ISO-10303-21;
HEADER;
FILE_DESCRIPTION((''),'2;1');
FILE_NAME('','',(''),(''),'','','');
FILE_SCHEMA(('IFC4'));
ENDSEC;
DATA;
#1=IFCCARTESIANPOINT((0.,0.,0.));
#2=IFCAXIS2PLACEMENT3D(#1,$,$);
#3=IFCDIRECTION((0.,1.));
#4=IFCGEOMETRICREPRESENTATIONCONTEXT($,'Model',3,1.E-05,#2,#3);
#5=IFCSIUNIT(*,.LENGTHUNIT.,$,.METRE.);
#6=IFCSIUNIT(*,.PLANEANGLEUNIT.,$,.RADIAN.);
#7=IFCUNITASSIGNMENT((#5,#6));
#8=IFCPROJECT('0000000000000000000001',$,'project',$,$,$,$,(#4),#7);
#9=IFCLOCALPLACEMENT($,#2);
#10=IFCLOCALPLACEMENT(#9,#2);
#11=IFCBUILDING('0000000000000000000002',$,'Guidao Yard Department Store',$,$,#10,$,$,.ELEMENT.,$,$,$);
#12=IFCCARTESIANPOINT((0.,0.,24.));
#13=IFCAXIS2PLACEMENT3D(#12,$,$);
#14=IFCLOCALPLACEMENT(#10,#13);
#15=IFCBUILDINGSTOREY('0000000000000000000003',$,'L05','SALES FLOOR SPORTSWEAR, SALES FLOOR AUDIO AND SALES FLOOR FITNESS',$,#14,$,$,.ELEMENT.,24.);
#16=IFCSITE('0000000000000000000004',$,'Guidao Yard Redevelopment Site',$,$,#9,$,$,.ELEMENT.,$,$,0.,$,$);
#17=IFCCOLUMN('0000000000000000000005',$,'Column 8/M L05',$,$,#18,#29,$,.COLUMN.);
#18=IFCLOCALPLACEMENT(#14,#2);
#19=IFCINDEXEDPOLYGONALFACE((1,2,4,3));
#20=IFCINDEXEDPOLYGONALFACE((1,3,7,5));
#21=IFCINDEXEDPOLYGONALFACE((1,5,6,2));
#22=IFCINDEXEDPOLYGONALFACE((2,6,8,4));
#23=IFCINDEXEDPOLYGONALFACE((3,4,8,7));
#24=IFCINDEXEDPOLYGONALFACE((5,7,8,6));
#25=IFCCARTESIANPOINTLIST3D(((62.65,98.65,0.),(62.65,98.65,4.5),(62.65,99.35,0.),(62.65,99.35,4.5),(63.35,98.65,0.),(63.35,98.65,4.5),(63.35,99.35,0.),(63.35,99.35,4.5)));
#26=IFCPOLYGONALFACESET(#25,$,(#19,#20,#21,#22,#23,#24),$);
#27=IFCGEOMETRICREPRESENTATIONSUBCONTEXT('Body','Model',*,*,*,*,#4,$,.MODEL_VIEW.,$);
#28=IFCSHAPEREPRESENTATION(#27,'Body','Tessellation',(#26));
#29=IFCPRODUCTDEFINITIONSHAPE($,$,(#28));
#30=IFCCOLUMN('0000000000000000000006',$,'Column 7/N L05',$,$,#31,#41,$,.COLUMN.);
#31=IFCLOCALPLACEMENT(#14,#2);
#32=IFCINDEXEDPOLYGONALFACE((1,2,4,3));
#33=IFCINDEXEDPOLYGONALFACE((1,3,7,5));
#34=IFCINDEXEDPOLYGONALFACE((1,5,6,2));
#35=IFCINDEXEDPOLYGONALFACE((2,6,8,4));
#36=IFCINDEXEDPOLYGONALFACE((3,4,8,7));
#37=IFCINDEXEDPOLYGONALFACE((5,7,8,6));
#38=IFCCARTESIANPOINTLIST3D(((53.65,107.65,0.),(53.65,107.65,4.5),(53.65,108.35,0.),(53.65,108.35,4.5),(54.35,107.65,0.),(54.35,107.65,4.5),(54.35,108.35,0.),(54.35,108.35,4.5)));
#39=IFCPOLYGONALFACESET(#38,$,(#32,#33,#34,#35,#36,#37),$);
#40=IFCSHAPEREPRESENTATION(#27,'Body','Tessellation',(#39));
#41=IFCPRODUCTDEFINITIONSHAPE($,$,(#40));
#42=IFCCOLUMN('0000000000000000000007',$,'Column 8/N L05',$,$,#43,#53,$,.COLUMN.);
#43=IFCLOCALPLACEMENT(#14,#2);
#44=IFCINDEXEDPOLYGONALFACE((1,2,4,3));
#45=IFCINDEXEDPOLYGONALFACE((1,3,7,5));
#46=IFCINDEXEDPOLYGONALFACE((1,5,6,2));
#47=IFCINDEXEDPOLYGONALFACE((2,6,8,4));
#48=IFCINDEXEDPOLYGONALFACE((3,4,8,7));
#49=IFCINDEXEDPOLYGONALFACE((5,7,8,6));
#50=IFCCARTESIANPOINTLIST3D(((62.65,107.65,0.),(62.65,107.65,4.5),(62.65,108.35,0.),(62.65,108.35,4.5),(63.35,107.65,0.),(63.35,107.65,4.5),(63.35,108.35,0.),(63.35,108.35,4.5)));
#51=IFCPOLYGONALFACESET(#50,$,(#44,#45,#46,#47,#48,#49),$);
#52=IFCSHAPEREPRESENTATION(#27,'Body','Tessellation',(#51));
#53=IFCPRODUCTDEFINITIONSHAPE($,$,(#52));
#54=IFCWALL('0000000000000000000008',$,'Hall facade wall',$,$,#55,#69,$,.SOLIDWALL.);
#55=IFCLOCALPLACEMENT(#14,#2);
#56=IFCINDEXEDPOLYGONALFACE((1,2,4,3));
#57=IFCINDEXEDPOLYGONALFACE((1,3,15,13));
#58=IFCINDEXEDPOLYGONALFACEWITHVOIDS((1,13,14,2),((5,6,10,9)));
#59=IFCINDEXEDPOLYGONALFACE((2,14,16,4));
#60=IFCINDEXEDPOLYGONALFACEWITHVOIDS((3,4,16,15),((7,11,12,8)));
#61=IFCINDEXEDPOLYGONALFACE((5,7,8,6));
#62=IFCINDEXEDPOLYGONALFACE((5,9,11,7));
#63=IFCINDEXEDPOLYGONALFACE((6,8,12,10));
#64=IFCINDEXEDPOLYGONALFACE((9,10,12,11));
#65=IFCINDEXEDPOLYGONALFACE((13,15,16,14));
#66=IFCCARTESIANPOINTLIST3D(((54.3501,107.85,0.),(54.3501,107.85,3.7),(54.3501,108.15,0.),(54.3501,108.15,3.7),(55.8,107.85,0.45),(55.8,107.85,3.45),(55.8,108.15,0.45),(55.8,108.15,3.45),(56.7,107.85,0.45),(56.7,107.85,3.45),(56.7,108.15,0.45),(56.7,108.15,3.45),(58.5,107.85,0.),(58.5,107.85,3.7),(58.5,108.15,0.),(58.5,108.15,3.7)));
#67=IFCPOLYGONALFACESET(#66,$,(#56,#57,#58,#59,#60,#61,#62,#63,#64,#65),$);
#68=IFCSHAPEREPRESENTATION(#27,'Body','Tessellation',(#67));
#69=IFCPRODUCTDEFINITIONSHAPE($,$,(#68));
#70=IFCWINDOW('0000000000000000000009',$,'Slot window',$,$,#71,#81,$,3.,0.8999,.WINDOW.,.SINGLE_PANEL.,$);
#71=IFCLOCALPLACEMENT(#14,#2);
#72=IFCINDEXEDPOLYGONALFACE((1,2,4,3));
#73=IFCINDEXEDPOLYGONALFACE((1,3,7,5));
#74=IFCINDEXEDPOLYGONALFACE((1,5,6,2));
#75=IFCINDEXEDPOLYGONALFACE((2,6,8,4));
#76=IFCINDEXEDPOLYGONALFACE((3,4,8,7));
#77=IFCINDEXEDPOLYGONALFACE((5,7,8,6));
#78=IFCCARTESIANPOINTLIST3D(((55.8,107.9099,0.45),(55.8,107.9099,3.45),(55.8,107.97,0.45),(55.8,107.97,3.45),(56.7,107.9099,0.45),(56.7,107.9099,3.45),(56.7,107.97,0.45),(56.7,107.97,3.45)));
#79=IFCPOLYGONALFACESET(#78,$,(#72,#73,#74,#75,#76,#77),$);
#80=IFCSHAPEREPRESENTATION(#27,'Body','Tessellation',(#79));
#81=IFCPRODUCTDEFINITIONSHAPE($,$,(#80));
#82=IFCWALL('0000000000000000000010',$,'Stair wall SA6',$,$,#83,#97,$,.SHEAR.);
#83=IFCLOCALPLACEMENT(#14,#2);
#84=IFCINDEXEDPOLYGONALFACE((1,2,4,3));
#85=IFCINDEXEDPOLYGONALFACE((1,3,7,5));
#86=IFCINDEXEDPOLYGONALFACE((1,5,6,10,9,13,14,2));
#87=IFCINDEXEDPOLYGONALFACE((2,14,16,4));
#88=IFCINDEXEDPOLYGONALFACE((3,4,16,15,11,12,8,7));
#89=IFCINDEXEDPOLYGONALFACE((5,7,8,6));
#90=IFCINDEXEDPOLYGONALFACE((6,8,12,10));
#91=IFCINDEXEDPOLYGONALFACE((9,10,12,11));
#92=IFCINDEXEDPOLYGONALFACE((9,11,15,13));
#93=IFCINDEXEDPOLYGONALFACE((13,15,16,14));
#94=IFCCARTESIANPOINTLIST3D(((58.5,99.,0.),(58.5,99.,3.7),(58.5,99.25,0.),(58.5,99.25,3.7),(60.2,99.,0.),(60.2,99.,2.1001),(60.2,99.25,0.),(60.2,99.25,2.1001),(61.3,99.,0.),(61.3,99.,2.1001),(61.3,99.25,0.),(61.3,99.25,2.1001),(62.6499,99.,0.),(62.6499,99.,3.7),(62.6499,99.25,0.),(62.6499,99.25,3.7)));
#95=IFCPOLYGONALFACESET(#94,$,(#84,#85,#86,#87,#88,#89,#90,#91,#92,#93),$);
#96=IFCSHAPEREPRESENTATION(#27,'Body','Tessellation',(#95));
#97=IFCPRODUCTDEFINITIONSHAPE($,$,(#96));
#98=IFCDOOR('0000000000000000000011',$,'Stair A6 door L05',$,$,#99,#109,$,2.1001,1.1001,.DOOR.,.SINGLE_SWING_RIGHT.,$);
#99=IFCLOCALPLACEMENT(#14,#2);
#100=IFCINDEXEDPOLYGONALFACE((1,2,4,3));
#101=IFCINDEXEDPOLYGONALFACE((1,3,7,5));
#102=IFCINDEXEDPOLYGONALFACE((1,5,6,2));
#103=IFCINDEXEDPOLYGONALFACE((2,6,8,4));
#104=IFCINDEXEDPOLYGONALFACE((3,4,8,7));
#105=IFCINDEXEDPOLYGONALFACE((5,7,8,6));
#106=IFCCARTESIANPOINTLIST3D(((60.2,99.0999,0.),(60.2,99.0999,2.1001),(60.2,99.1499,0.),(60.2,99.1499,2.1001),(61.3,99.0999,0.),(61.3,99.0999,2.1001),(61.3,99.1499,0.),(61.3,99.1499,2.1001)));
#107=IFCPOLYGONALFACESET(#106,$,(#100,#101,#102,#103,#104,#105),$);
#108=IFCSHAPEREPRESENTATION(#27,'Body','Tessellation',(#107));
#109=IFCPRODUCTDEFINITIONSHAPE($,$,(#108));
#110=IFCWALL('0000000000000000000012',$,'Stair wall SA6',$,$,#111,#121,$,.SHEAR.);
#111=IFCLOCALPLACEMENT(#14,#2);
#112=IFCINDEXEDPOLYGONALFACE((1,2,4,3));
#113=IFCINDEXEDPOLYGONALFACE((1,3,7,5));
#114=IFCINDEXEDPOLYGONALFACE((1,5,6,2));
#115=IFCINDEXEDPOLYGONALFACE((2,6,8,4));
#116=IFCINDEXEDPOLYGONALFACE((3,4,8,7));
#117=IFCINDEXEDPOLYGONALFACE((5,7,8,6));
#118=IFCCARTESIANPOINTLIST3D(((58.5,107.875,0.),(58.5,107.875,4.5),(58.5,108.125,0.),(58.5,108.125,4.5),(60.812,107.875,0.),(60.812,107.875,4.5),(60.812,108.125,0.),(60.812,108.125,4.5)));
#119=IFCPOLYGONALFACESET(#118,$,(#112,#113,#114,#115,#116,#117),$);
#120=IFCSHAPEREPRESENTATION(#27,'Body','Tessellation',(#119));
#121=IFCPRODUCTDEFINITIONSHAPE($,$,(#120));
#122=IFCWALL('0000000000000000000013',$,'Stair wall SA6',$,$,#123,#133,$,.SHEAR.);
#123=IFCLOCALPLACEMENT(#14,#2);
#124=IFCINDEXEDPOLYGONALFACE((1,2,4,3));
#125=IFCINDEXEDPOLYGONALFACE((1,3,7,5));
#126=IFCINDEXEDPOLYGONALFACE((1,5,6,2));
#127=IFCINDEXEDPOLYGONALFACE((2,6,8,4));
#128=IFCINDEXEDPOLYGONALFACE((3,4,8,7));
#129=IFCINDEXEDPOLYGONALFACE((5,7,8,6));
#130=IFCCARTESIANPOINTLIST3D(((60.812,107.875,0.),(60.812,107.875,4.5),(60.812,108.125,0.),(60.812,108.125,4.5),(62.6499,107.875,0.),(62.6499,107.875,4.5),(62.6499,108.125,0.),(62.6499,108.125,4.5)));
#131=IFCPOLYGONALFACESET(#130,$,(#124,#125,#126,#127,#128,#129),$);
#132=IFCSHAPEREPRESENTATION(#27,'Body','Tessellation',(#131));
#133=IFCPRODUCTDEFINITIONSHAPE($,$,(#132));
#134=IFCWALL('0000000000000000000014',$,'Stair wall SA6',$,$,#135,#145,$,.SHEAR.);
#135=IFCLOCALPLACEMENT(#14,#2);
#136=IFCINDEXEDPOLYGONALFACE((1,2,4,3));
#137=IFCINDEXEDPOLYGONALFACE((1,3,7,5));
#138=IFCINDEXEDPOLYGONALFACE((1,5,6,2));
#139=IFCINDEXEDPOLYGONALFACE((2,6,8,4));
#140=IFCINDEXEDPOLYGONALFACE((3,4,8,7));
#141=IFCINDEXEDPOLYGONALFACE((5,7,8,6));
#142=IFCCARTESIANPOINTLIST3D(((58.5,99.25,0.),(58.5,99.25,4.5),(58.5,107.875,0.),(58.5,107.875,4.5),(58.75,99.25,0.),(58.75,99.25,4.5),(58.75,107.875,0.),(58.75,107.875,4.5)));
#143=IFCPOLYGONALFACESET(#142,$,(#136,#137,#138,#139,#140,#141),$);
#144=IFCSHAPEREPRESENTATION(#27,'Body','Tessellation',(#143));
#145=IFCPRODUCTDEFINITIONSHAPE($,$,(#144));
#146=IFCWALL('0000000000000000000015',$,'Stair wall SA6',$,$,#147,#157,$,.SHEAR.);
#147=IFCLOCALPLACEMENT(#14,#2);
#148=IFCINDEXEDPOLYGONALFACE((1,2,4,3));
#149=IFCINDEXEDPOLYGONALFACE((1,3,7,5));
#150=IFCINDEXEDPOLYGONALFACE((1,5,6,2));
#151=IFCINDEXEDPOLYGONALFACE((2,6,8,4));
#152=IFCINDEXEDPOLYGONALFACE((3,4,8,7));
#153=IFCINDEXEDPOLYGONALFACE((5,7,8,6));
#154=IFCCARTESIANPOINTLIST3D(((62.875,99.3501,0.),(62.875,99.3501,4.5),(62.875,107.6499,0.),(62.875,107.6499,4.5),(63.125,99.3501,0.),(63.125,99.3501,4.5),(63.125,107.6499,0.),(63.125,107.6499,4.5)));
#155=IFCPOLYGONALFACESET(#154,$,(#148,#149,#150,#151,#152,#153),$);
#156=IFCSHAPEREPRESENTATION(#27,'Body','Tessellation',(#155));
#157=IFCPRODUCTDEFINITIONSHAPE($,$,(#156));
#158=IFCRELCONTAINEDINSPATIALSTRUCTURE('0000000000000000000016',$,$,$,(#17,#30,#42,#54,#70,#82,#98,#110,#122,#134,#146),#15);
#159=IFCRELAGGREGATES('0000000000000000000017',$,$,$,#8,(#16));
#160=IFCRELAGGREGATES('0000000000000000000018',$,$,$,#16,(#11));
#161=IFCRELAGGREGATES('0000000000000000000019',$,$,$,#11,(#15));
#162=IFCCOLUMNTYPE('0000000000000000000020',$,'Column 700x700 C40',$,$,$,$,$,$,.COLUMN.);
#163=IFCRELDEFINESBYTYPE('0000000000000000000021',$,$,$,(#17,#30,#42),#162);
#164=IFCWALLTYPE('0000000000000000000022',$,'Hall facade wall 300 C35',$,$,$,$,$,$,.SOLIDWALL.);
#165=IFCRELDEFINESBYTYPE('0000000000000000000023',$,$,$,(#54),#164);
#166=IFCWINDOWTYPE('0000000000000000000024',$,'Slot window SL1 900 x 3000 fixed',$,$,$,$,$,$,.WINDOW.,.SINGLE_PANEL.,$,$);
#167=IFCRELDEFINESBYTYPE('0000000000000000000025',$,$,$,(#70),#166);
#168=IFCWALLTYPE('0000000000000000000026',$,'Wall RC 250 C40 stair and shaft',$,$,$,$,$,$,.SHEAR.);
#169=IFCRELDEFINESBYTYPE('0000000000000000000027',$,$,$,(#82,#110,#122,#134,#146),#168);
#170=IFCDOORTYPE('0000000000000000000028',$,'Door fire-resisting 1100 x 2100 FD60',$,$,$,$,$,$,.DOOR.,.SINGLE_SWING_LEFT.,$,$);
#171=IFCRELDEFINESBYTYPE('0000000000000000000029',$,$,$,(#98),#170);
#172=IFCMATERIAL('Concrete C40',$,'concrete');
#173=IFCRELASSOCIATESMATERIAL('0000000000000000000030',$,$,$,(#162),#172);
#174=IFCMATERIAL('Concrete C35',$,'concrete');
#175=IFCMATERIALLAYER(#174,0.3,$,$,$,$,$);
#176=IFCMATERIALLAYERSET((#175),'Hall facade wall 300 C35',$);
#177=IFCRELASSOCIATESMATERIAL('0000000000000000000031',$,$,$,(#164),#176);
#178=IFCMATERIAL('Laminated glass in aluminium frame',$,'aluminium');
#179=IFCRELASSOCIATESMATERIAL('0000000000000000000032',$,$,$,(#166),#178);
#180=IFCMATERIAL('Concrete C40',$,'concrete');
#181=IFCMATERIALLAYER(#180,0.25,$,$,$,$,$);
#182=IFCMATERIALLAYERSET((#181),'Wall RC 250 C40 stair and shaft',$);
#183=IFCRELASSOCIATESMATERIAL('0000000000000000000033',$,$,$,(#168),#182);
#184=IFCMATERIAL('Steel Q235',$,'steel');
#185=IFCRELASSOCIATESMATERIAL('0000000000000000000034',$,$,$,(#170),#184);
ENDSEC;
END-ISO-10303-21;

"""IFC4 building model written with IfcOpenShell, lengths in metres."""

from ifc_helpers import new_model, si_unit, direction, frame, frame_2d, origin, origin_2d, place, context, subcontext, project, spatial, rectangle, extrude, material, layer, layer_set, material_profile, profile_set, type_object, element, fill, save


model = new_model("IFC4")

# Units and contexts
model_context = context("Model", 3, precision=1e-05, world=origin(), true_north=direction((0.0, 1.0)))
body_context = subcontext(model_context, "Body", "Model", "MODEL_VIEW")
ifc_project = project(units=[si_unit("LENGTHUNIT", "METRE"), si_unit("PLANEANGLEUNIT", "RADIAN")], contexts=[model_context])

# Site, building, storey
site_placement = place(None, origin())
site = spatial("IfcSite", under=ifc_project, at=site_placement, Name="Guidao Yard Redevelopment Site", CompositionType="ELEMENT", RefElevation=0.0)
building_placement = place(site_placement, origin())
building = spatial("IfcBuilding", under=site, at=building_placement, Name="Guidao Yard Department Store", CompositionType="ELEMENT")
storey_placement = place(building_placement, frame((0.0, 0.0, 24.0)))
storey = spatial("IfcBuildingStorey", under=building, at=storey_placement, Name="L05", Description="SALES FLOOR SPORTSWEAR, SALES FLOOR AUDIO AND SALES FLOOR FITNESS", CompositionType="ELEMENT", Elevation=24.0)

# Columns
ifc_material_1 = material(Name="Concrete C40", Category="concrete")
ifc_material_profile = material_profile(ifc_material_1, rectangle(XDim=0.7, YDim=0.7, at=origin_2d()), Name="COL 700x700")
ifc_profile_set = profile_set([ifc_material_profile], Name="Concrete C40")
column_type = type_object("IfcColumnType", Name="Column 700x700 C40", PredefinedType="COLUMN", material=ifc_profile_set)
for number, where, z_axis, x_axis, name in (
    (1, (63.0, 99.0, 0.0), (0.0, 0.0, 1.0), (1.0, 0.0, 0.0), "Column 8/M L05"),
    (2, (54.0, 108.0, 0.0), (0.0, 0.0, 1.0), (1.0, 0.0, 0.0), "Column 7/N L05"),
    (3, (63.0, 108.0, 0.0), (0.0, 0.0, 1.0), (1.0, 0.0, 0.0), "Column 8/N L05"),
):
    element("IfcColumn", number, at=place(storey_placement, frame(where, z_axis=z_axis, x_axis=x_axis)), inside=storey, type_object=column_type, Name=name, PredefinedType="COLUMN", context=body_context, shape_type="SweptSolid", body=[
        extrude(rectangle(XDim=0.7, YDim=0.7, at=origin_2d()), origin(), (0.0, 0.0, 1.0), 4.5),
    ])

# Wall, opening, window
ifc_material_2 = material(Name="Concrete C35", Category="concrete")
ifc_layer_1 = layer(ifc_material_2, 0.3)
ifc_layer_set_1 = layer_set([ifc_layer_1], Name="Hall facade wall 300 C35")
wall_type_1 = type_object("IfcWallType", Name="Hall facade wall 300 C35", PredefinedType="SOLIDWALL", material=ifc_layer_set_1)
wall_1_placement = place(storey_placement, frame((54.3501, 108.0, 0.0), z_axis=(0.0, 0.0, 1.0), x_axis=(1.0, 0.0, 0.0)))
wall_1 = element("IfcWall", 4, at=wall_1_placement, inside=storey, type_object=wall_type_1, Name="Hall facade wall", PredefinedType="SOLIDWALL", context=body_context, shape_type="SweptSolid", body=[
    extrude(rectangle(XDim=4.1499, YDim=0.3, at=frame_2d((2.075, 0.0))), origin(), (0.0, 0.0, 1.0), 3.7),
])
opening_1_placement = place(wall_1_placement, frame((1.45, 0.0, 0.45)))
opening_1 = element("IfcOpeningElement", 5, at=opening_1_placement, cuts=wall_1, PredefinedType="OPENING", context=body_context, shape_type="SweptSolid", body=[
    extrude(rectangle(XDim=0.8999, YDim=3.0, at=frame_2d((0.45, 1.5))), frame((0.0, 0.1599, 0.0), z_axis=(0.0, -1.0, 0.0), x_axis=(1.0, 0.0, 0.0)), (0.0, 0.0, 1.0), 0.3201),
])
ifc_material_3 = material(Name="Laminated glass in aluminium frame", Category="aluminium")
window_type = type_object("IfcWindowType", Name="Slot window SL1 900 x 3000 fixed", PartitioningType="SINGLE_PANEL", PredefinedType="WINDOW", material=ifc_material_3)
window_placement = place(opening_1_placement, origin())
window = element("IfcWindow", 6, at=window_placement, inside=storey, type_object=window_type, Name="Slot window", OverallHeight=3.0, OverallWidth=0.8999, PartitioningType="SINGLE_PANEL", PredefinedType="WINDOW", context=body_context, shape_type="SweptSolid", body=[
    extrude(rectangle(XDim=0.8999, YDim=3.0, at=frame_2d((0.45, 1.5))), frame((0.0, -0.03, 0.0), z_axis=(0.0, -1.0, 0.0), x_axis=(1.0, 0.0, 0.0)), (0.0, 0.0, 1.0), 0.0601),
])
fill(opening_1, window)

# Wall, opening, door
ifc_material_4 = material(Name="Concrete C40", Category="concrete")
ifc_layer_2 = layer(ifc_material_4, 0.25)
ifc_layer_set_2 = layer_set([ifc_layer_2], Name="Wall RC 250 C40 stair and shaft")
wall_type_2 = type_object("IfcWallType", Name="Wall RC 250 C40 stair and shaft", PredefinedType="SHEAR", material=ifc_layer_set_2)
wall_2_placement = place(storey_placement, frame((58.5, 99.125, 0.0), z_axis=(0.0, 0.0, 1.0), x_axis=(1.0, 0.0, 0.0)))
wall_2 = element("IfcWall", 7, at=wall_2_placement, inside=storey, type_object=wall_type_2, Name="Stair wall SA6", PredefinedType="SHEAR", context=body_context, shape_type="SweptSolid", body=[
    extrude(rectangle(XDim=4.1499, YDim=0.25, at=frame_2d((2.075, 0.0))), origin(), (0.0, 0.0, 1.0), 3.7),
])
opening_2_placement = place(wall_2_placement, frame((1.7, 0.0, 0.0)))
opening_2 = element("IfcOpeningElement", 8, at=opening_2_placement, cuts=wall_2, PredefinedType="OPENING", context=body_context, shape_type="SweptSolid", body=[
    extrude(rectangle(XDim=1.1001, YDim=2.1001, at=frame_2d((0.55, 1.05))), frame((0.0, 0.135, 0.0), z_axis=(0.0, -1.0, 0.0), x_axis=(1.0, 0.0, 0.0)), (0.0, 0.0, 1.0), 0.27),
])
ifc_material_5 = material(Name="Steel Q235", Category="steel")
door_type = type_object("IfcDoorType", Name="Door fire-resisting 1100 x 2100 FD60", OperationType="SINGLE_SWING_LEFT", PredefinedType="DOOR", material=ifc_material_5)
door_placement = place(opening_2_placement, origin())
door = element("IfcDoor", 9, at=door_placement, inside=storey, type_object=door_type, Name="Stair A6 door L05", OperationType="SINGLE_SWING_RIGHT", OverallHeight=2.1001, OverallWidth=1.1001, PredefinedType="DOOR", context=body_context, shape_type="SweptSolid", body=[
    extrude(rectangle(XDim=1.1001, YDim=2.1001, at=frame_2d((0.55, 1.05))), frame((0.0, 0.0249, 0.0), z_axis=(0.0, -1.0, 0.0), x_axis=(1.0, 0.0, 0.0)), (0.0, 0.0, 1.0), 0.05),
])
fill(opening_2, door)

# Walls
wall_3_placement = place(storey_placement, frame((58.5, 108.0, 0.0), z_axis=(0.0, 0.0, 1.0), x_axis=(1.0, 0.0, 0.0)))
element("IfcWall", 10, at=wall_3_placement, inside=storey, type_object=wall_type_2, Name="Stair wall SA6", PredefinedType="SHEAR", context=body_context, shape_type="SweptSolid", body=[
    extrude(rectangle(XDim=2.312, YDim=0.25, at=frame_2d((1.156, 0.0))), origin(), (0.0, 0.0, 1.0), 4.5),
])
wall_4_placement = place(storey_placement, frame((60.812, 108.0, 0.0), z_axis=(0.0, 0.0, 1.0), x_axis=(1.0, 0.0, 0.0)))
element("IfcWall", 11, at=wall_4_placement, inside=storey, type_object=wall_type_2, Name="Stair wall SA6", PredefinedType="SHEAR", context=body_context, shape_type="SweptSolid", body=[
    extrude(rectangle(XDim=1.8379, YDim=0.25, at=frame_2d((0.9189, 0.0))), origin(), (0.0, 0.0, 1.0), 4.5),
])
wall_5_placement = place(storey_placement, frame((58.625, 99.25, 0.0), z_axis=(0.0, 0.0, 1.0), x_axis=(0.0, 1.0, 0.0)))
element("IfcWall", 12, at=wall_5_placement, inside=storey, type_object=wall_type_2, Name="Stair wall SA6", PredefinedType="SHEAR", context=body_context, shape_type="SweptSolid", body=[
    extrude(rectangle(XDim=8.625, YDim=0.25, at=frame_2d((4.3125, 0.0))), origin(), (0.0, 0.0, 1.0), 4.5),
])
wall_6_placement = place(storey_placement, frame((63.0, 99.3501, 0.0), z_axis=(0.0, 0.0, 1.0), x_axis=(0.0, 1.0, 0.0)))
element("IfcWall", 13, at=wall_6_placement, inside=storey, type_object=wall_type_2, Name="Stair wall SA6", PredefinedType="SHEAR", context=body_context, shape_type="SweptSolid", body=[
    extrude(rectangle(XDim=8.2998, YDim=0.25, at=frame_2d((4.1499, 0.0))), origin(), (0.0, 0.0, 1.0), 4.5),
])

save(model, "model.ifc")
